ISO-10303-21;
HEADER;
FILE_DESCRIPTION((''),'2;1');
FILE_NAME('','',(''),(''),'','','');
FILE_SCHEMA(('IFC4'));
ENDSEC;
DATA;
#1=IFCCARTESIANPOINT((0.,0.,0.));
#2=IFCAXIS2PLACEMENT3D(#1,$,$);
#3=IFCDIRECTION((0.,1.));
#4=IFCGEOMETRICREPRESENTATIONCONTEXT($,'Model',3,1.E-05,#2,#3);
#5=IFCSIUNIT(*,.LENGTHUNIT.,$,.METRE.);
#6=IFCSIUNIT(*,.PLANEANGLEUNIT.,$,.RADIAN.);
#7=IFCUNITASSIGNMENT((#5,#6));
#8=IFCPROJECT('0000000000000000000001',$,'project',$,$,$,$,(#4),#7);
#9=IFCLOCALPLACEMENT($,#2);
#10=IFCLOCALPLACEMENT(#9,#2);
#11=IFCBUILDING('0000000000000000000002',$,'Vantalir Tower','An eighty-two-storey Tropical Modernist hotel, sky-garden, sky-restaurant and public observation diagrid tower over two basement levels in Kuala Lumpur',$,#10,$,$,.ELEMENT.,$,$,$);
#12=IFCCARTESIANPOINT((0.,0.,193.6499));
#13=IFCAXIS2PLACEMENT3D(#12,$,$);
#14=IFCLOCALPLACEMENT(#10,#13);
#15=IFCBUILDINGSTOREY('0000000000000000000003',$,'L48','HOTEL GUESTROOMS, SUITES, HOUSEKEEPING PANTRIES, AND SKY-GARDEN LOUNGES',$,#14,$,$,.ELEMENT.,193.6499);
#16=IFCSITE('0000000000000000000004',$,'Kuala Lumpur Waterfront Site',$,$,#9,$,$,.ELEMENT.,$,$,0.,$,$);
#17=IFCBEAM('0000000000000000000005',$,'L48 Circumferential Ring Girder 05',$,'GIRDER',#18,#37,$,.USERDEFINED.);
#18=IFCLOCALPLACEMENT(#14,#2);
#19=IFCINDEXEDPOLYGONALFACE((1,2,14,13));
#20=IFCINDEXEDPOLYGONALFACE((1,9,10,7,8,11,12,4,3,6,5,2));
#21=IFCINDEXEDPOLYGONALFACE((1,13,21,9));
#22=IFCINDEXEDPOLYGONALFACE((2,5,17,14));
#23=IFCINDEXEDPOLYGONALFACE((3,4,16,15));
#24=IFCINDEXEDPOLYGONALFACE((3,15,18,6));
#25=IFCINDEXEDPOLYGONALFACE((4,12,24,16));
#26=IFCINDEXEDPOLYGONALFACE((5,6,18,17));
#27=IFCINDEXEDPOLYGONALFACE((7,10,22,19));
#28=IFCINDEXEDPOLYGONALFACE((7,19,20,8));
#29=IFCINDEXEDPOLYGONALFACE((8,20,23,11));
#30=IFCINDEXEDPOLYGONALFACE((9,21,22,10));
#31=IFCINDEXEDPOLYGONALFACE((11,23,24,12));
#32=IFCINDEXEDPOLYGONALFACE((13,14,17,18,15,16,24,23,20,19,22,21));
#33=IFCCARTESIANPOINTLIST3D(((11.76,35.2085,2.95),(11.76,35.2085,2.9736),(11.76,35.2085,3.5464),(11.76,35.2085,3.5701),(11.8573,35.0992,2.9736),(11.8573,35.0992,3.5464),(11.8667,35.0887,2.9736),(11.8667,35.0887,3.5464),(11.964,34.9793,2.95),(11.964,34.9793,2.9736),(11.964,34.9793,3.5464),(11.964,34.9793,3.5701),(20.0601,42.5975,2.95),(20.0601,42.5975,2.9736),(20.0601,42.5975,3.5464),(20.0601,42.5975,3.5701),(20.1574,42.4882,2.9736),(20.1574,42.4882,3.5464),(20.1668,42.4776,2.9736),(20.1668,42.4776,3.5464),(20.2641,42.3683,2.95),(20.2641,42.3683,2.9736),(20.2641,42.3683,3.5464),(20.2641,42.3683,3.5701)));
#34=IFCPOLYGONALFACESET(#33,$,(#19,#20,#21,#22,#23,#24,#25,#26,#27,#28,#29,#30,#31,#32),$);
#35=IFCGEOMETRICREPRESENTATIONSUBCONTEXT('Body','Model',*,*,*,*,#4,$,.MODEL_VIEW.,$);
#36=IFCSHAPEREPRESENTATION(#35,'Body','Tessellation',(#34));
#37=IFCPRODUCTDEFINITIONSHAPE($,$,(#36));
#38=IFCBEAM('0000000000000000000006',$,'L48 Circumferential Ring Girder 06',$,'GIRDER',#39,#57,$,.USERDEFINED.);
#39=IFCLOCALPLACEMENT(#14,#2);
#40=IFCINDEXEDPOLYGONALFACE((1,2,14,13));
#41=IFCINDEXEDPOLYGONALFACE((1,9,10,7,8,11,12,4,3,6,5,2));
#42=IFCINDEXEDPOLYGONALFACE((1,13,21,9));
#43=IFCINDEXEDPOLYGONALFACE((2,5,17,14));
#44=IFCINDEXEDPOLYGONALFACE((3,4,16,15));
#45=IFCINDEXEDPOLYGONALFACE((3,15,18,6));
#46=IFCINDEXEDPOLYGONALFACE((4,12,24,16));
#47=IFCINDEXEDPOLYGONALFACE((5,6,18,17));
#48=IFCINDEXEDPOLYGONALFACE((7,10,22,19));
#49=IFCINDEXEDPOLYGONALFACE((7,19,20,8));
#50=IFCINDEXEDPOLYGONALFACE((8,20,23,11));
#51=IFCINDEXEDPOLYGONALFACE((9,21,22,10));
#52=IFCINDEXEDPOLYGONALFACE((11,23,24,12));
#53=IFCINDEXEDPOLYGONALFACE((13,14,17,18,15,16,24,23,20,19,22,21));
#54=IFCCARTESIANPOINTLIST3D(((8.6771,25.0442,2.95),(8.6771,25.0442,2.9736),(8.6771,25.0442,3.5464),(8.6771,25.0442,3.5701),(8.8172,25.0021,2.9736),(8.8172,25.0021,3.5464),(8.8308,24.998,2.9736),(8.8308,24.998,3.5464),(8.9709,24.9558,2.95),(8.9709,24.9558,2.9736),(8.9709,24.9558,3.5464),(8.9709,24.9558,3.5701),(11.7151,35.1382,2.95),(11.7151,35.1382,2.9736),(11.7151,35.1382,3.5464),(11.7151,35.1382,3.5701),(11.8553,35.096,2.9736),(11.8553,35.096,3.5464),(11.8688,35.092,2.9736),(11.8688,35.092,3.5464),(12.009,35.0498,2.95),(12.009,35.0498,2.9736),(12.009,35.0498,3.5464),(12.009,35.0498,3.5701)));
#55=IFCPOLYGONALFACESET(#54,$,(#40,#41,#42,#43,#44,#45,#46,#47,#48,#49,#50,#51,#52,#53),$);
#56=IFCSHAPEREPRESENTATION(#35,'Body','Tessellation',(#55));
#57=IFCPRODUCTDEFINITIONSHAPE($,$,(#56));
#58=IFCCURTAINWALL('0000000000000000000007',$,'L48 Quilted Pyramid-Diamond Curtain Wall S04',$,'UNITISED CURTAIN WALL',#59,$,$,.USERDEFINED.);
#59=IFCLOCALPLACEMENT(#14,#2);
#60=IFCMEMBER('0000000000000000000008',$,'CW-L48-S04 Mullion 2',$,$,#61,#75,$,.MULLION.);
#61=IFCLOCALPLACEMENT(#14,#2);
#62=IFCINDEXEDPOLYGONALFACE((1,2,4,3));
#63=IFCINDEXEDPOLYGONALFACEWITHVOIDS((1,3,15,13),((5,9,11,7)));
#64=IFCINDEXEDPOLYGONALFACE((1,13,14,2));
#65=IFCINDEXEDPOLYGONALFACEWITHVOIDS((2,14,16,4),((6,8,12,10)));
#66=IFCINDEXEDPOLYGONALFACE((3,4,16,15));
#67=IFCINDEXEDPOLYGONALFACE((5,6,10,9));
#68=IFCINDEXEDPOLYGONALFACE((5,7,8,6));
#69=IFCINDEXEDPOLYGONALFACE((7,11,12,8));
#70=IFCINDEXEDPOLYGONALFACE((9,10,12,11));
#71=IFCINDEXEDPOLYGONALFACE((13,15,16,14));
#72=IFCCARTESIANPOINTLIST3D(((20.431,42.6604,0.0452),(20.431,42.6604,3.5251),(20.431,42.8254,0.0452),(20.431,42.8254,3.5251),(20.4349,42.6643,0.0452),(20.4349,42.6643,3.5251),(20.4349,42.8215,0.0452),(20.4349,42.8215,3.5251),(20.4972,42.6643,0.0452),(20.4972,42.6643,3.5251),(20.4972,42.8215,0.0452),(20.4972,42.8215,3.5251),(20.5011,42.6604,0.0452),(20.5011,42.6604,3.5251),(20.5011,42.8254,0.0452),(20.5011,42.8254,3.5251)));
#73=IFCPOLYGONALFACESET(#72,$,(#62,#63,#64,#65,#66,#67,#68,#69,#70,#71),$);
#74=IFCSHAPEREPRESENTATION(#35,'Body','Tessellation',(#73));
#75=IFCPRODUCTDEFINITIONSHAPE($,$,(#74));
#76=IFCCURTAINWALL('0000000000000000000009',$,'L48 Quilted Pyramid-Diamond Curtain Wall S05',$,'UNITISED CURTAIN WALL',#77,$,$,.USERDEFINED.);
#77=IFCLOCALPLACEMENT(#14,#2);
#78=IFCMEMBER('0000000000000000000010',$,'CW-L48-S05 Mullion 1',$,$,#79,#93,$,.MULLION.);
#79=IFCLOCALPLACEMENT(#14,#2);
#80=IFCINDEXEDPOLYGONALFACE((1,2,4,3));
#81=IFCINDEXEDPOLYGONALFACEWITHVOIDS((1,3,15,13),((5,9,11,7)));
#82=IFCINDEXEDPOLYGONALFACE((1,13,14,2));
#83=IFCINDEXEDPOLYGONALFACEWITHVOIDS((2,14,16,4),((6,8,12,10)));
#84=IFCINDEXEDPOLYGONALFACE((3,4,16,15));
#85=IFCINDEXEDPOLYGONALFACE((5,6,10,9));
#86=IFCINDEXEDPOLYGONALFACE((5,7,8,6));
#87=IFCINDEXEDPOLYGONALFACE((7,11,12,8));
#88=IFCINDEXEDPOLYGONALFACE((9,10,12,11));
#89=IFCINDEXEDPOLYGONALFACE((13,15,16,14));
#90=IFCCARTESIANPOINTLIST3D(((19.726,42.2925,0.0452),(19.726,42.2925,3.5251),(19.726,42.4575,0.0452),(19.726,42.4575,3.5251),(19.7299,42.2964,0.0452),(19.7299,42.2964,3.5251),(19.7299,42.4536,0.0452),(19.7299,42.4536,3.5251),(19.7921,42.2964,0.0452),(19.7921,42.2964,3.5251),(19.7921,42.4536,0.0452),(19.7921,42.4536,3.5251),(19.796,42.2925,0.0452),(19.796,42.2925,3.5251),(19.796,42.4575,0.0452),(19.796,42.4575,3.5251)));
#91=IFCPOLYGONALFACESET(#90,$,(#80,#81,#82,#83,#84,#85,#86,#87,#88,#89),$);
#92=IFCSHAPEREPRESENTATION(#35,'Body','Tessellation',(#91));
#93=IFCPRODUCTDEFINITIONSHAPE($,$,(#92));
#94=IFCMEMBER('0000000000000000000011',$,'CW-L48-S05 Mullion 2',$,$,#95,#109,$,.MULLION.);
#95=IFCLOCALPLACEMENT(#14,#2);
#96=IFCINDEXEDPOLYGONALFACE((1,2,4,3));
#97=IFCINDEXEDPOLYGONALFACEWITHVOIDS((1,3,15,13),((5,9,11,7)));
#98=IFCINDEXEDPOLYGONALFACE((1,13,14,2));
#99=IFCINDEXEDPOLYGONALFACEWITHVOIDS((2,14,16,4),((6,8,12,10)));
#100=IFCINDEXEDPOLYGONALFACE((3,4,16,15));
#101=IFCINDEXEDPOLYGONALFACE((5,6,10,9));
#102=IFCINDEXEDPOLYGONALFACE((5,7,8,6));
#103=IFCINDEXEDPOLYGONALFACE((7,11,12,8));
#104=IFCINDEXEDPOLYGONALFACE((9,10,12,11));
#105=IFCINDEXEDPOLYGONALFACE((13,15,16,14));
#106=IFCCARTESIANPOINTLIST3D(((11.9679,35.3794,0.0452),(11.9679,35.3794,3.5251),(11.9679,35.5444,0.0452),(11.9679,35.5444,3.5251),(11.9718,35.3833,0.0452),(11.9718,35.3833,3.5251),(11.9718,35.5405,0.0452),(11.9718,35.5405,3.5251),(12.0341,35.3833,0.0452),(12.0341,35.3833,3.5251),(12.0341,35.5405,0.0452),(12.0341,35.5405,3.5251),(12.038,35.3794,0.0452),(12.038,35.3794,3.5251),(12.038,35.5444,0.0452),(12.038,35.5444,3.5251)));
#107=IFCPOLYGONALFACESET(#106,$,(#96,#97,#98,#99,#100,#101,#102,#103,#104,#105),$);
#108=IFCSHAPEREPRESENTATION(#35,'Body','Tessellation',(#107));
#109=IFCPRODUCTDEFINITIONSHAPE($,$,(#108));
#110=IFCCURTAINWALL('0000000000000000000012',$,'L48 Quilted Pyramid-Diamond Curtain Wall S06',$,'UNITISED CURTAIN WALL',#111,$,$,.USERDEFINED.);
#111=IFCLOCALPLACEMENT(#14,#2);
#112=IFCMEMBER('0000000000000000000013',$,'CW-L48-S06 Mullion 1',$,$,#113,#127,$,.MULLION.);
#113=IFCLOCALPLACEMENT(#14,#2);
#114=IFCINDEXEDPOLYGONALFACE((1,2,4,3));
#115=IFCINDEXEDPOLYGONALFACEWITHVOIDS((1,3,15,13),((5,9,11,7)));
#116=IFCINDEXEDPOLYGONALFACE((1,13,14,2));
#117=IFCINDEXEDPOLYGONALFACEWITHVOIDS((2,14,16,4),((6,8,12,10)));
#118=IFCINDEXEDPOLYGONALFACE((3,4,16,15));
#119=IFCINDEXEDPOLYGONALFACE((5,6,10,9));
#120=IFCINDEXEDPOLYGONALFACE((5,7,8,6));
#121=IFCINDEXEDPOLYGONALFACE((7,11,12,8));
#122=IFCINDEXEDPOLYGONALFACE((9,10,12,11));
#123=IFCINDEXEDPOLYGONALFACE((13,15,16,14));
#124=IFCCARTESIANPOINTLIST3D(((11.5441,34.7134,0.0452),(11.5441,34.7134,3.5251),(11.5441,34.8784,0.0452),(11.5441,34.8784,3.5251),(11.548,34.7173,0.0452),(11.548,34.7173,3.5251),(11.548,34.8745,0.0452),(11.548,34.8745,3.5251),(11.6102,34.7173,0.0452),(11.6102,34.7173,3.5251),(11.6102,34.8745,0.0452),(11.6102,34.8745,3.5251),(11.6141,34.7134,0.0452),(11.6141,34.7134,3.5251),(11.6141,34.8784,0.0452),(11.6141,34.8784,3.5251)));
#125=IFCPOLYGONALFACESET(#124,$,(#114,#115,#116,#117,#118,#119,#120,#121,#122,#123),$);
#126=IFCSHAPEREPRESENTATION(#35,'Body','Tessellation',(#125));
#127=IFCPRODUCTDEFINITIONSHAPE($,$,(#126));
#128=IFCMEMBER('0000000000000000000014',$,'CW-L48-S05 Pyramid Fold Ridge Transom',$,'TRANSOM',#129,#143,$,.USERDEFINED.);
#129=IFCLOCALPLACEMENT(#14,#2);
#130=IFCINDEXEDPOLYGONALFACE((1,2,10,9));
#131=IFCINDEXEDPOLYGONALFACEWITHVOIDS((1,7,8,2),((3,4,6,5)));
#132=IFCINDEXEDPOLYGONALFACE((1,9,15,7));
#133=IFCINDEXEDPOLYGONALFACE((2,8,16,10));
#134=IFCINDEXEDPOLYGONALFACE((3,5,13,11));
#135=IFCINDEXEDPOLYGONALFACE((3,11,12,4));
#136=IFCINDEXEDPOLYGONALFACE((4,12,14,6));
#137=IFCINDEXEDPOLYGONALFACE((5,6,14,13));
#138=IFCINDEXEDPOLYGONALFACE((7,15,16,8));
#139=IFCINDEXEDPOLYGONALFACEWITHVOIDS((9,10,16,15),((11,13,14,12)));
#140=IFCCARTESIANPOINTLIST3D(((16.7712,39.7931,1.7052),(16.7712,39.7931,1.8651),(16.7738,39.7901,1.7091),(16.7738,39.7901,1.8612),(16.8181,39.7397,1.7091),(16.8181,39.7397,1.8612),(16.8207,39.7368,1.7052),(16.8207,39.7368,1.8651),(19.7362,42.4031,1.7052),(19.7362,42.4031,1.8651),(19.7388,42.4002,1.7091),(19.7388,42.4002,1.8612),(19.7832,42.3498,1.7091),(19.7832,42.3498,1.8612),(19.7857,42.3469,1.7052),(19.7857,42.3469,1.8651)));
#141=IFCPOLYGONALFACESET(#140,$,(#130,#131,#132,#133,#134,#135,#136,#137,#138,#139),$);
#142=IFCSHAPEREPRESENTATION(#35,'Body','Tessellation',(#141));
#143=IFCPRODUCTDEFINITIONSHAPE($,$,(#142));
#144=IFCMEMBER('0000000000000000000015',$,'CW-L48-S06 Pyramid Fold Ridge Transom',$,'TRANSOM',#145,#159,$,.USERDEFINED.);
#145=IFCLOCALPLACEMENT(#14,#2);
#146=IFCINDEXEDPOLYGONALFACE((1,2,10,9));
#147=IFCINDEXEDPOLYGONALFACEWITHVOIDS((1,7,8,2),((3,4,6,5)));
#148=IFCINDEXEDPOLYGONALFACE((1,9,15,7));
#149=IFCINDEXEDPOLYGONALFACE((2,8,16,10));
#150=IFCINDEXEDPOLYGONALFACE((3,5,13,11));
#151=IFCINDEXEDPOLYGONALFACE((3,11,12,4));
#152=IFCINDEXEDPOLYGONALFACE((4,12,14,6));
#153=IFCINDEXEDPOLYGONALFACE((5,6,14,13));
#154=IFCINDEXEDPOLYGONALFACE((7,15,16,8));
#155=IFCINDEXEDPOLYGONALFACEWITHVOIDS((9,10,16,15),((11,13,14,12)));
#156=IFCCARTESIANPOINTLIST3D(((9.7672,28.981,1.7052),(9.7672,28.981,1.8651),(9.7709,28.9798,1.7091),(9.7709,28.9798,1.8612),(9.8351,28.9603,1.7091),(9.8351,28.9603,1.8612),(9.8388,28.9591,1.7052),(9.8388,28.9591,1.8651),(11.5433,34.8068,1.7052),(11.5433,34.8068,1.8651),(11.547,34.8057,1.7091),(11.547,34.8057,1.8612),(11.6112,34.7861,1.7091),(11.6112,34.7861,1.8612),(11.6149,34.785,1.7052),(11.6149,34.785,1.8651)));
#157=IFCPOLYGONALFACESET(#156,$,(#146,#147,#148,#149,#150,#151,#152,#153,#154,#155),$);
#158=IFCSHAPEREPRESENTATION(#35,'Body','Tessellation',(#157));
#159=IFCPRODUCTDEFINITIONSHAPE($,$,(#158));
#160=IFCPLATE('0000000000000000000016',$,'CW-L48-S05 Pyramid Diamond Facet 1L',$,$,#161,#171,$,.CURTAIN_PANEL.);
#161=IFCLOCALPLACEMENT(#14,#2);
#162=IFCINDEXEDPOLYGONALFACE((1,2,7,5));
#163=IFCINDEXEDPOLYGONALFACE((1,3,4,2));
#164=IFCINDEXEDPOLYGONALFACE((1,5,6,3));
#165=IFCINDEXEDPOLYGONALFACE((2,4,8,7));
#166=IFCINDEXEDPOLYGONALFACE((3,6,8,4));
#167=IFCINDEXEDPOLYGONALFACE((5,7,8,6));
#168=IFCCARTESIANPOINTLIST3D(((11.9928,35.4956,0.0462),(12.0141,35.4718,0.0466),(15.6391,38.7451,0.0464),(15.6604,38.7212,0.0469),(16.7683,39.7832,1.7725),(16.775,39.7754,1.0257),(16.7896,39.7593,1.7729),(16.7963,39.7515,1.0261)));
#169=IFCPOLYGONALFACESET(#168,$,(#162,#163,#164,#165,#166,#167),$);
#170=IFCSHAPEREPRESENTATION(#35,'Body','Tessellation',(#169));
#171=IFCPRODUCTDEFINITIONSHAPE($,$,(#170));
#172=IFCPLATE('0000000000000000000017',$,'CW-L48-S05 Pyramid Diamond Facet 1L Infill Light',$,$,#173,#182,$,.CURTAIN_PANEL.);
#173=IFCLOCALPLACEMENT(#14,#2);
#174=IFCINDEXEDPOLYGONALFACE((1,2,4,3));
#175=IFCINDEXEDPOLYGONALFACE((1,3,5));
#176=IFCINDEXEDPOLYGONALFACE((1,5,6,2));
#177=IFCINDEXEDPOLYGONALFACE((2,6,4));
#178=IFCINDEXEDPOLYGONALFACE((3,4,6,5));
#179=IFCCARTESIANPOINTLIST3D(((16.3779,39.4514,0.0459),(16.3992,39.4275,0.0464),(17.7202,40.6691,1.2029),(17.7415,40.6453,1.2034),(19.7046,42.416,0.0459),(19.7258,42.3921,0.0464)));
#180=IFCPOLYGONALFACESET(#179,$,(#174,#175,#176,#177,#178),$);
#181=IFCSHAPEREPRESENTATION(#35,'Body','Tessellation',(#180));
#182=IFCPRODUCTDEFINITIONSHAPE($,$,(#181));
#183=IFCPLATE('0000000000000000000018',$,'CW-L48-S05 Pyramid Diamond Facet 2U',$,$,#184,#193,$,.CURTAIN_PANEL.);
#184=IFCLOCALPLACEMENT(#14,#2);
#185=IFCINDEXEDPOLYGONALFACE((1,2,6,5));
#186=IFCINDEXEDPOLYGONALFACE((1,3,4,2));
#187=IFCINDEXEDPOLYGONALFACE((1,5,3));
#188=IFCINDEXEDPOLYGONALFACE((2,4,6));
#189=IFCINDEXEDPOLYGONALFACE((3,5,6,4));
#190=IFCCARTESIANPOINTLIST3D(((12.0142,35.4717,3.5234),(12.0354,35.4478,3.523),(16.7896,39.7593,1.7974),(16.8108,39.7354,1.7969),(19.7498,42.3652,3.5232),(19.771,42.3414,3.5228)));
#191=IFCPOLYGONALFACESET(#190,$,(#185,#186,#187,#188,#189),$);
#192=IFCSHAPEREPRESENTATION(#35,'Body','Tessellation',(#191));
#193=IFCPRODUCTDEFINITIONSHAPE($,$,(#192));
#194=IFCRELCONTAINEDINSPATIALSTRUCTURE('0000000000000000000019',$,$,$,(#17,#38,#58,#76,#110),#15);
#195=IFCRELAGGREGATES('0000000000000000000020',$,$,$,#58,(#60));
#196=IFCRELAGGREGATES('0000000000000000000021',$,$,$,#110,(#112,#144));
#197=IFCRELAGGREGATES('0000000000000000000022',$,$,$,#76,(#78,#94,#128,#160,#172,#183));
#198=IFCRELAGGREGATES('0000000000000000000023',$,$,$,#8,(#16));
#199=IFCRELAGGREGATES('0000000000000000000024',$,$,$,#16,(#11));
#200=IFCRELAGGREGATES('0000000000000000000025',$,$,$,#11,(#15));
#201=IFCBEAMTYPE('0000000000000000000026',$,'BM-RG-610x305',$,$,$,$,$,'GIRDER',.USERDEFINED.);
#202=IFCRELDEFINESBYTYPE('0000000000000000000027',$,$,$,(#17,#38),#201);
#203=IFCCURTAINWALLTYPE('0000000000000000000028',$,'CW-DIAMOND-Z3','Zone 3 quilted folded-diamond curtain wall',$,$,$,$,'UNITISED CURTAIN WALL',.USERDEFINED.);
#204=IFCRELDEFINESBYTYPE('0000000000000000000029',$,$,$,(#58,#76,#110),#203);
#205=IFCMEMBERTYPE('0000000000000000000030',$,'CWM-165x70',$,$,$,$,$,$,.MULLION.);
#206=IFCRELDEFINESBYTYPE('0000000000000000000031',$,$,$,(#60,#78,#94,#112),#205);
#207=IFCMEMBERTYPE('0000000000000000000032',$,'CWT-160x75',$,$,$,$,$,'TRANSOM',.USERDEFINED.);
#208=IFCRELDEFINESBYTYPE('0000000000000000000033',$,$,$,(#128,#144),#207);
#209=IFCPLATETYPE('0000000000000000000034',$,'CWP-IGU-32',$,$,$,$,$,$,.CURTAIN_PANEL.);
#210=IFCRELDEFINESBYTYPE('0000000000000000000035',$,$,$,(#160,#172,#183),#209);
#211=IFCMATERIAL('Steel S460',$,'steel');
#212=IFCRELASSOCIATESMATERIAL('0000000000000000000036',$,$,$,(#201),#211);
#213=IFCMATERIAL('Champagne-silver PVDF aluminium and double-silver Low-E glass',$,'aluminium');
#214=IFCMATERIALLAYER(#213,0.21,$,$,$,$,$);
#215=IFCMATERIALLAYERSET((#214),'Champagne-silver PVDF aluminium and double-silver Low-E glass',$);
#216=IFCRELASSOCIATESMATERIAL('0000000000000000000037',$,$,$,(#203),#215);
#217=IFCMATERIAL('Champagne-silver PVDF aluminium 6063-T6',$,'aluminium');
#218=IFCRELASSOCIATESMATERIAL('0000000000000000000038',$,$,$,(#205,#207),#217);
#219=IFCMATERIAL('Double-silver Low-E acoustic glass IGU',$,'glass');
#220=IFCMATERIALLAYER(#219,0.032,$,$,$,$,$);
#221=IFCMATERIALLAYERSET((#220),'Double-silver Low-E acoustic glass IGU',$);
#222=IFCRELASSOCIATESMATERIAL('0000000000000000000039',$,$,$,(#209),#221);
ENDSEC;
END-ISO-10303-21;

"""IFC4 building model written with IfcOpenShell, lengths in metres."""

from ifc_helpers import new_model, si_unit, direction, frame, origin, origin_2d, place, context, subcontext, project, spatial, polyline, hollow_rectangle, i_section, outline, extrude, material, layer, layer_set, material_profile, profile_set, type_object, element, aggregate, save


model = new_model("IFC4")

# Units and contexts
model_context = context("Model", 3, precision=1e-05, world=origin(), true_north=direction((0.0, 1.0)))
body_context = subcontext(model_context, "Body", "Model", "MODEL_VIEW")
ifc_project = project(units=[si_unit("LENGTHUNIT", "METRE"), si_unit("PLANEANGLEUNIT", "RADIAN")], contexts=[model_context])

# Site, building, storey
site_placement = place(None, origin())
site = spatial("IfcSite", under=ifc_project, at=site_placement, Name="Kuala Lumpur Waterfront Site", CompositionType="ELEMENT", RefElevation=0.0)
building_placement = place(site_placement, origin())
building = spatial("IfcBuilding", under=site, at=building_placement, Name="Vantalir Tower", Description="An eighty-two-storey Tropical Modernist hotel, sky-garden, sky-restaurant and public observation diagrid tower over two basement levels in Kuala Lumpur", CompositionType="ELEMENT")
storey_placement = place(building_placement, frame((0.0, 0.0, 193.6499)))
storey = spatial("IfcBuildingStorey", under=building, at=storey_placement, Name="L48", Description="HOTEL GUESTROOMS, SUITES, HOUSEKEEPING PANTRIES, AND SKY-GARDEN LOUNGES", CompositionType="ELEMENT", Elevation=193.6499)

# Shared definitions
ifc_material_1 = material(Name="Steel S460", Category="steel")

# Beams
ifc_material_profile_1 = material_profile(ifc_material_1, i_section(OverallWidth=0.3069, OverallDepth=0.6201, WebThickness=0.0142, FlangeThickness=0.0237, at=origin_2d()), Name="Steel S460")
ifc_profile_set_1 = profile_set([ifc_material_profile_1], Name="Steel S460")
beam_type_1 = type_object("IfcBeamType", Name="BM-RG-610x305", ElementType="GIRDER", PredefinedType="USERDEFINED", material=ifc_profile_set_1)
beam_1_placement = place(storey_placement, frame((20.1621, 42.4829, 3.26), z_axis=(-0.746913, -0.664921, 0.0), x_axis=(0.664921, -0.746913, 0.0)))
element("IfcBeam", 1, at=beam_1_placement, inside=storey, type_object=beam_type_1, Name="L48 Circumferential Ring Girder 05", ObjectType="GIRDER", PredefinedType="USERDEFINED", context=body_context, shape_type="SweptSolid", body=[
    extrude(i_section(OverallWidth=0.3069, OverallDepth=0.6201, WebThickness=0.0142, FlangeThickness=0.0237, at=origin_2d()), origin(), (0.0, 0.0, 1.0), 11.1125),
])
beam_2_placement = place(storey_placement, frame((11.8621, 35.094, 3.26), z_axis=(-0.288208, -0.957568, 0.0), x_axis=(0.957568, -0.288208, 0.0)))
element("IfcBeam", 2, at=beam_2_placement, inside=storey, type_object=beam_type_1, Name="L48 Circumferential Ring Girder 06", ObjectType="GIRDER", PredefinedType="USERDEFINED", context=body_context, shape_type="SweptSolid", body=[
    extrude(i_section(OverallWidth=0.3069, OverallDepth=0.6201, WebThickness=0.0142, FlangeThickness=0.0237, at=origin_2d()), origin(), (0.0, 0.0, 1.0), 10.5413),
])

# Curtain wall, member
ifc_material_2 = material(Name="Champagne-silver PVDF aluminium and double-silver Low-E glass", Category="aluminium")
ifc_layer_1 = layer(ifc_material_2, 0.21)
ifc_layer_set_1 = layer_set([ifc_layer_1], Name="Champagne-silver PVDF aluminium and double-silver Low-E glass")
curtain_wall_type = type_object("IfcCurtainWallType", Name="CW-DIAMOND-Z3", Description="Zone 3 quilted folded-diamond curtain wall", ElementType="UNITISED CURTAIN WALL", PredefinedType="USERDEFINED", material=ifc_layer_set_1)
curtain_wall_1_placement = place(storey_placement, origin())
curtain_wall_1 = element("IfcCurtainWall", 3, at=curtain_wall_1_placement, inside=storey, type_object=curtain_wall_type, Name="L48 Quilted Pyramid-Diamond Curtain Wall S04", ObjectType="UNITISED CURTAIN WALL", PredefinedType="USERDEFINED")
ifc_material_3 = material(Name="Champagne-silver PVDF aluminium 6063-T6", Category="aluminium")
ifc_material_profile_2 = material_profile(ifc_material_3, hollow_rectangle(XDim=0.0701, YDim=0.165, WallThickness=0.0039, at=origin_2d()), Name="Champagne-silver PVDF aluminium 6063-T6")
ifc_profile_set_2 = profile_set([ifc_material_profile_2], Name="Champagne-silver PVDF aluminium 6063-T6")
member_type_1 = type_object("IfcMemberType", Name="CWM-165x70", PredefinedType="MULLION", material=ifc_profile_set_2)
member_1_placement = place(storey_placement, frame((20.4661, 42.7429, 0.0452), z_axis=(0.0, 0.0, 1.0), x_axis=(1.0, 0.0, 0.0)))
member_1 = element("IfcMember", 4, at=member_1_placement, type_object=member_type_1, Name="CW-L48-S04 Mullion 2", PredefinedType="MULLION", context=body_context, shape_type="SweptSolid", body=[
    extrude(hollow_rectangle(XDim=0.0701, YDim=0.165, WallThickness=0.0039, at=origin_2d()), origin(), (0.0, 0.0, 1.0), 3.48),
])
aggregate(curtain_wall_1, [member_1])

# Curtain wall, members
curtain_wall_2_placement = place(storey_placement, origin())
curtain_wall_2 = element("IfcCurtainWall", 5, at=curtain_wall_2_placement, inside=storey, type_object=curtain_wall_type, Name="L48 Quilted Pyramid-Diamond Curtain Wall S05", ObjectType="UNITISED CURTAIN WALL", PredefinedType="USERDEFINED")
member_2_placement = place(storey_placement, frame((19.761, 42.375, 0.0452), z_axis=(0.0, 0.0, 1.0), x_axis=(1.0, 0.0, 0.0)))
member_2 = element("IfcMember", 6, at=member_2_placement, type_object=member_type_1, Name="CW-L48-S05 Mullion 1", PredefinedType="MULLION", context=body_context, shape_type="SweptSolid", body=[
    extrude(hollow_rectangle(XDim=0.0701, YDim=0.165, WallThickness=0.0039, at=origin_2d()), origin(), (0.0, 0.0, 1.0), 3.48),
])
member_3_placement = place(storey_placement, frame((12.0029, 35.4619, 0.0452), z_axis=(0.0, 0.0, 1.0), x_axis=(1.0, 0.0, 0.0)))
member_3 = element("IfcMember", 7, at=member_3_placement, type_object=member_type_1, Name="CW-L48-S05 Mullion 2", PredefinedType="MULLION", context=body_context, shape_type="SweptSolid", body=[
    extrude(hollow_rectangle(XDim=0.0701, YDim=0.165, WallThickness=0.0039, at=origin_2d()), origin(), (0.0, 0.0, 1.0), 3.48),
])

# Curtain wall, member
curtain_wall_3_placement = place(storey_placement, origin())
curtain_wall_3 = element("IfcCurtainWall", 8, at=curtain_wall_3_placement, inside=storey, type_object=curtain_wall_type, Name="L48 Quilted Pyramid-Diamond Curtain Wall S06", ObjectType="UNITISED CURTAIN WALL", PredefinedType="USERDEFINED")
member_4_placement = place(storey_placement, frame((11.5791, 34.7959, 0.0452), z_axis=(0.0, 0.0, 1.0), x_axis=(1.0, 0.0, 0.0)))
member_4 = element("IfcMember", 9, at=member_4_placement, type_object=member_type_1, Name="CW-L48-S06 Mullion 1", PredefinedType="MULLION", context=body_context, shape_type="SweptSolid", body=[
    extrude(hollow_rectangle(XDim=0.0701, YDim=0.165, WallThickness=0.0039, at=origin_2d()), origin(), (0.0, 0.0, 1.0), 3.48),
])

# Members
ifc_material_profile_3 = material_profile(ifc_material_3, hollow_rectangle(XDim=0.075, YDim=0.1599, WallThickness=0.0039, at=origin_2d()), Name="Champagne-silver PVDF aluminium 6063-T6")
ifc_profile_set_3 = profile_set([ifc_material_profile_3], Name="Champagne-silver PVDF aluminium 6063-T6")
member_type_2 = type_object("IfcMemberType", Name="CWT-160x75", ElementType="TRANSOM", PredefinedType="USERDEFINED", material=ifc_profile_set_3)
member_5_placement = place(storey_placement, frame((19.761, 42.375, 1.7852), z_axis=(-0.750609, -0.660746, 0.0), x_axis=(0.660746, -0.750609, 0.0)))
member_5 = element("IfcMember", 10, at=member_5_placement, type_object=member_type_2, Name="CW-L48-S05 Pyramid Fold Ridge Transom", ObjectType="TRANSOM", PredefinedType="USERDEFINED", context=body_context, shape_type="SweptSolid", body=[
    extrude(hollow_rectangle(XDim=0.075, YDim=0.1599, WallThickness=0.0039, at=origin_2d()), origin(), (0.0, 0.0, 1.0), 3.9502),
])
member_6_placement = place(storey_placement, frame((11.5791, 34.7959, 1.7852), z_axis=(-0.291615, -0.956536, 0.0), x_axis=(0.956536, -0.291615, 0.0)))
member_6 = element("IfcMember", 11, at=member_6_placement, type_object=member_type_2, Name="CW-L48-S06 Pyramid Fold Ridge Transom", ObjectType="TRANSOM", PredefinedType="USERDEFINED", context=body_context, shape_type="SweptSolid", body=[
    extrude(hollow_rectangle(XDim=0.075, YDim=0.1599, WallThickness=0.0039, at=origin_2d()), origin(), (0.0, 0.0, 1.0), 6.0906),
])
aggregate(curtain_wall_3, [member_4, member_6])

# Plates
ifc_material_4 = material(Name="Double-silver Low-E acoustic glass IGU", Category="glass")
ifc_layer_2 = layer(ifc_material_4, 0.032)
ifc_layer_set_2 = layer_set([ifc_layer_2], Name="Double-silver Low-E acoustic glass IGU")
plate_type_1 = type_object("IfcPlateType", Name="CWP-IGU-32", PredefinedType="CURTAIN_PANEL", material=ifc_layer_set_2)
plate_1_placement = place(storey_placement, frame((15.6604, 38.7212, 0.0469), z_axis=(0.665247, -0.746497, 0.013768), x_axis=(-0.746567, -0.66531, -0.00005)))
plate_1 = element("IfcPlate", 12, at=plate_1_placement, type_object=plate_type_1, Name="CW-L48-S05 Pyramid Diamond Facet 1L", PredefinedType="CURTAIN_PANEL", context=body_context, shape_type="SweptSolid", body=[
    extrude(outline(polyline([(0.0, 0.0), (4.8841, 0.0), (-1.5337, -1.7262), (-1.5336, -0.9793), (0.0, 0.0)])), origin(), (0.0, 0.0, -1.0), 0.032),
])
plate_2_placement = place(storey_placement, frame((19.7258, 42.3921, 0.0464), z_axis=(0.665248, -0.746493, 0.013922), x_axis=(-0.746565, -0.665312, 0.0)))
plate_2 = element("IfcPlate", 13, at=plate_2_placement, type_object=plate_type_1, Name="CW-L48-S05 Pyramid Diamond Facet 1L Infill Light", PredefinedType="CURTAIN_PANEL", context=body_context, shape_type="SweptSolid", body=[
    extrude(outline(polyline([(0.0, 0.0), (4.456, 0.0), (2.6437, -1.1571), (0.0, 0.0)])), origin(), (0.0, 0.0, -1.0), 0.032),
])
plate_3_placement = place(storey_placement, frame((12.0142, 35.4717, 3.5234), z_axis=(-0.665241, 0.7465, 0.01385), x_axis=(0.746572, 0.665305, -0.000024)))
plate_3 = element("IfcPlate", 14, at=plate_3_placement, type_object=plate_type_1, Name="CW-L48-S05 Pyramid Diamond Facet 2U", PredefinedType="CURTAIN_PANEL", context=body_context, shape_type="SweptSolid", body=[
    extrude(outline(polyline([(0.0, 0.0), (10.3615, 0.0), (6.4178, 1.7261), (0.0, 0.0)])), origin(), (0.0, 0.0, -1.0), 0.032),
])
aggregate(curtain_wall_2, [member_2, member_3, member_5, plate_1, plate_2, plate_3])

save(model, "model.ifc")
